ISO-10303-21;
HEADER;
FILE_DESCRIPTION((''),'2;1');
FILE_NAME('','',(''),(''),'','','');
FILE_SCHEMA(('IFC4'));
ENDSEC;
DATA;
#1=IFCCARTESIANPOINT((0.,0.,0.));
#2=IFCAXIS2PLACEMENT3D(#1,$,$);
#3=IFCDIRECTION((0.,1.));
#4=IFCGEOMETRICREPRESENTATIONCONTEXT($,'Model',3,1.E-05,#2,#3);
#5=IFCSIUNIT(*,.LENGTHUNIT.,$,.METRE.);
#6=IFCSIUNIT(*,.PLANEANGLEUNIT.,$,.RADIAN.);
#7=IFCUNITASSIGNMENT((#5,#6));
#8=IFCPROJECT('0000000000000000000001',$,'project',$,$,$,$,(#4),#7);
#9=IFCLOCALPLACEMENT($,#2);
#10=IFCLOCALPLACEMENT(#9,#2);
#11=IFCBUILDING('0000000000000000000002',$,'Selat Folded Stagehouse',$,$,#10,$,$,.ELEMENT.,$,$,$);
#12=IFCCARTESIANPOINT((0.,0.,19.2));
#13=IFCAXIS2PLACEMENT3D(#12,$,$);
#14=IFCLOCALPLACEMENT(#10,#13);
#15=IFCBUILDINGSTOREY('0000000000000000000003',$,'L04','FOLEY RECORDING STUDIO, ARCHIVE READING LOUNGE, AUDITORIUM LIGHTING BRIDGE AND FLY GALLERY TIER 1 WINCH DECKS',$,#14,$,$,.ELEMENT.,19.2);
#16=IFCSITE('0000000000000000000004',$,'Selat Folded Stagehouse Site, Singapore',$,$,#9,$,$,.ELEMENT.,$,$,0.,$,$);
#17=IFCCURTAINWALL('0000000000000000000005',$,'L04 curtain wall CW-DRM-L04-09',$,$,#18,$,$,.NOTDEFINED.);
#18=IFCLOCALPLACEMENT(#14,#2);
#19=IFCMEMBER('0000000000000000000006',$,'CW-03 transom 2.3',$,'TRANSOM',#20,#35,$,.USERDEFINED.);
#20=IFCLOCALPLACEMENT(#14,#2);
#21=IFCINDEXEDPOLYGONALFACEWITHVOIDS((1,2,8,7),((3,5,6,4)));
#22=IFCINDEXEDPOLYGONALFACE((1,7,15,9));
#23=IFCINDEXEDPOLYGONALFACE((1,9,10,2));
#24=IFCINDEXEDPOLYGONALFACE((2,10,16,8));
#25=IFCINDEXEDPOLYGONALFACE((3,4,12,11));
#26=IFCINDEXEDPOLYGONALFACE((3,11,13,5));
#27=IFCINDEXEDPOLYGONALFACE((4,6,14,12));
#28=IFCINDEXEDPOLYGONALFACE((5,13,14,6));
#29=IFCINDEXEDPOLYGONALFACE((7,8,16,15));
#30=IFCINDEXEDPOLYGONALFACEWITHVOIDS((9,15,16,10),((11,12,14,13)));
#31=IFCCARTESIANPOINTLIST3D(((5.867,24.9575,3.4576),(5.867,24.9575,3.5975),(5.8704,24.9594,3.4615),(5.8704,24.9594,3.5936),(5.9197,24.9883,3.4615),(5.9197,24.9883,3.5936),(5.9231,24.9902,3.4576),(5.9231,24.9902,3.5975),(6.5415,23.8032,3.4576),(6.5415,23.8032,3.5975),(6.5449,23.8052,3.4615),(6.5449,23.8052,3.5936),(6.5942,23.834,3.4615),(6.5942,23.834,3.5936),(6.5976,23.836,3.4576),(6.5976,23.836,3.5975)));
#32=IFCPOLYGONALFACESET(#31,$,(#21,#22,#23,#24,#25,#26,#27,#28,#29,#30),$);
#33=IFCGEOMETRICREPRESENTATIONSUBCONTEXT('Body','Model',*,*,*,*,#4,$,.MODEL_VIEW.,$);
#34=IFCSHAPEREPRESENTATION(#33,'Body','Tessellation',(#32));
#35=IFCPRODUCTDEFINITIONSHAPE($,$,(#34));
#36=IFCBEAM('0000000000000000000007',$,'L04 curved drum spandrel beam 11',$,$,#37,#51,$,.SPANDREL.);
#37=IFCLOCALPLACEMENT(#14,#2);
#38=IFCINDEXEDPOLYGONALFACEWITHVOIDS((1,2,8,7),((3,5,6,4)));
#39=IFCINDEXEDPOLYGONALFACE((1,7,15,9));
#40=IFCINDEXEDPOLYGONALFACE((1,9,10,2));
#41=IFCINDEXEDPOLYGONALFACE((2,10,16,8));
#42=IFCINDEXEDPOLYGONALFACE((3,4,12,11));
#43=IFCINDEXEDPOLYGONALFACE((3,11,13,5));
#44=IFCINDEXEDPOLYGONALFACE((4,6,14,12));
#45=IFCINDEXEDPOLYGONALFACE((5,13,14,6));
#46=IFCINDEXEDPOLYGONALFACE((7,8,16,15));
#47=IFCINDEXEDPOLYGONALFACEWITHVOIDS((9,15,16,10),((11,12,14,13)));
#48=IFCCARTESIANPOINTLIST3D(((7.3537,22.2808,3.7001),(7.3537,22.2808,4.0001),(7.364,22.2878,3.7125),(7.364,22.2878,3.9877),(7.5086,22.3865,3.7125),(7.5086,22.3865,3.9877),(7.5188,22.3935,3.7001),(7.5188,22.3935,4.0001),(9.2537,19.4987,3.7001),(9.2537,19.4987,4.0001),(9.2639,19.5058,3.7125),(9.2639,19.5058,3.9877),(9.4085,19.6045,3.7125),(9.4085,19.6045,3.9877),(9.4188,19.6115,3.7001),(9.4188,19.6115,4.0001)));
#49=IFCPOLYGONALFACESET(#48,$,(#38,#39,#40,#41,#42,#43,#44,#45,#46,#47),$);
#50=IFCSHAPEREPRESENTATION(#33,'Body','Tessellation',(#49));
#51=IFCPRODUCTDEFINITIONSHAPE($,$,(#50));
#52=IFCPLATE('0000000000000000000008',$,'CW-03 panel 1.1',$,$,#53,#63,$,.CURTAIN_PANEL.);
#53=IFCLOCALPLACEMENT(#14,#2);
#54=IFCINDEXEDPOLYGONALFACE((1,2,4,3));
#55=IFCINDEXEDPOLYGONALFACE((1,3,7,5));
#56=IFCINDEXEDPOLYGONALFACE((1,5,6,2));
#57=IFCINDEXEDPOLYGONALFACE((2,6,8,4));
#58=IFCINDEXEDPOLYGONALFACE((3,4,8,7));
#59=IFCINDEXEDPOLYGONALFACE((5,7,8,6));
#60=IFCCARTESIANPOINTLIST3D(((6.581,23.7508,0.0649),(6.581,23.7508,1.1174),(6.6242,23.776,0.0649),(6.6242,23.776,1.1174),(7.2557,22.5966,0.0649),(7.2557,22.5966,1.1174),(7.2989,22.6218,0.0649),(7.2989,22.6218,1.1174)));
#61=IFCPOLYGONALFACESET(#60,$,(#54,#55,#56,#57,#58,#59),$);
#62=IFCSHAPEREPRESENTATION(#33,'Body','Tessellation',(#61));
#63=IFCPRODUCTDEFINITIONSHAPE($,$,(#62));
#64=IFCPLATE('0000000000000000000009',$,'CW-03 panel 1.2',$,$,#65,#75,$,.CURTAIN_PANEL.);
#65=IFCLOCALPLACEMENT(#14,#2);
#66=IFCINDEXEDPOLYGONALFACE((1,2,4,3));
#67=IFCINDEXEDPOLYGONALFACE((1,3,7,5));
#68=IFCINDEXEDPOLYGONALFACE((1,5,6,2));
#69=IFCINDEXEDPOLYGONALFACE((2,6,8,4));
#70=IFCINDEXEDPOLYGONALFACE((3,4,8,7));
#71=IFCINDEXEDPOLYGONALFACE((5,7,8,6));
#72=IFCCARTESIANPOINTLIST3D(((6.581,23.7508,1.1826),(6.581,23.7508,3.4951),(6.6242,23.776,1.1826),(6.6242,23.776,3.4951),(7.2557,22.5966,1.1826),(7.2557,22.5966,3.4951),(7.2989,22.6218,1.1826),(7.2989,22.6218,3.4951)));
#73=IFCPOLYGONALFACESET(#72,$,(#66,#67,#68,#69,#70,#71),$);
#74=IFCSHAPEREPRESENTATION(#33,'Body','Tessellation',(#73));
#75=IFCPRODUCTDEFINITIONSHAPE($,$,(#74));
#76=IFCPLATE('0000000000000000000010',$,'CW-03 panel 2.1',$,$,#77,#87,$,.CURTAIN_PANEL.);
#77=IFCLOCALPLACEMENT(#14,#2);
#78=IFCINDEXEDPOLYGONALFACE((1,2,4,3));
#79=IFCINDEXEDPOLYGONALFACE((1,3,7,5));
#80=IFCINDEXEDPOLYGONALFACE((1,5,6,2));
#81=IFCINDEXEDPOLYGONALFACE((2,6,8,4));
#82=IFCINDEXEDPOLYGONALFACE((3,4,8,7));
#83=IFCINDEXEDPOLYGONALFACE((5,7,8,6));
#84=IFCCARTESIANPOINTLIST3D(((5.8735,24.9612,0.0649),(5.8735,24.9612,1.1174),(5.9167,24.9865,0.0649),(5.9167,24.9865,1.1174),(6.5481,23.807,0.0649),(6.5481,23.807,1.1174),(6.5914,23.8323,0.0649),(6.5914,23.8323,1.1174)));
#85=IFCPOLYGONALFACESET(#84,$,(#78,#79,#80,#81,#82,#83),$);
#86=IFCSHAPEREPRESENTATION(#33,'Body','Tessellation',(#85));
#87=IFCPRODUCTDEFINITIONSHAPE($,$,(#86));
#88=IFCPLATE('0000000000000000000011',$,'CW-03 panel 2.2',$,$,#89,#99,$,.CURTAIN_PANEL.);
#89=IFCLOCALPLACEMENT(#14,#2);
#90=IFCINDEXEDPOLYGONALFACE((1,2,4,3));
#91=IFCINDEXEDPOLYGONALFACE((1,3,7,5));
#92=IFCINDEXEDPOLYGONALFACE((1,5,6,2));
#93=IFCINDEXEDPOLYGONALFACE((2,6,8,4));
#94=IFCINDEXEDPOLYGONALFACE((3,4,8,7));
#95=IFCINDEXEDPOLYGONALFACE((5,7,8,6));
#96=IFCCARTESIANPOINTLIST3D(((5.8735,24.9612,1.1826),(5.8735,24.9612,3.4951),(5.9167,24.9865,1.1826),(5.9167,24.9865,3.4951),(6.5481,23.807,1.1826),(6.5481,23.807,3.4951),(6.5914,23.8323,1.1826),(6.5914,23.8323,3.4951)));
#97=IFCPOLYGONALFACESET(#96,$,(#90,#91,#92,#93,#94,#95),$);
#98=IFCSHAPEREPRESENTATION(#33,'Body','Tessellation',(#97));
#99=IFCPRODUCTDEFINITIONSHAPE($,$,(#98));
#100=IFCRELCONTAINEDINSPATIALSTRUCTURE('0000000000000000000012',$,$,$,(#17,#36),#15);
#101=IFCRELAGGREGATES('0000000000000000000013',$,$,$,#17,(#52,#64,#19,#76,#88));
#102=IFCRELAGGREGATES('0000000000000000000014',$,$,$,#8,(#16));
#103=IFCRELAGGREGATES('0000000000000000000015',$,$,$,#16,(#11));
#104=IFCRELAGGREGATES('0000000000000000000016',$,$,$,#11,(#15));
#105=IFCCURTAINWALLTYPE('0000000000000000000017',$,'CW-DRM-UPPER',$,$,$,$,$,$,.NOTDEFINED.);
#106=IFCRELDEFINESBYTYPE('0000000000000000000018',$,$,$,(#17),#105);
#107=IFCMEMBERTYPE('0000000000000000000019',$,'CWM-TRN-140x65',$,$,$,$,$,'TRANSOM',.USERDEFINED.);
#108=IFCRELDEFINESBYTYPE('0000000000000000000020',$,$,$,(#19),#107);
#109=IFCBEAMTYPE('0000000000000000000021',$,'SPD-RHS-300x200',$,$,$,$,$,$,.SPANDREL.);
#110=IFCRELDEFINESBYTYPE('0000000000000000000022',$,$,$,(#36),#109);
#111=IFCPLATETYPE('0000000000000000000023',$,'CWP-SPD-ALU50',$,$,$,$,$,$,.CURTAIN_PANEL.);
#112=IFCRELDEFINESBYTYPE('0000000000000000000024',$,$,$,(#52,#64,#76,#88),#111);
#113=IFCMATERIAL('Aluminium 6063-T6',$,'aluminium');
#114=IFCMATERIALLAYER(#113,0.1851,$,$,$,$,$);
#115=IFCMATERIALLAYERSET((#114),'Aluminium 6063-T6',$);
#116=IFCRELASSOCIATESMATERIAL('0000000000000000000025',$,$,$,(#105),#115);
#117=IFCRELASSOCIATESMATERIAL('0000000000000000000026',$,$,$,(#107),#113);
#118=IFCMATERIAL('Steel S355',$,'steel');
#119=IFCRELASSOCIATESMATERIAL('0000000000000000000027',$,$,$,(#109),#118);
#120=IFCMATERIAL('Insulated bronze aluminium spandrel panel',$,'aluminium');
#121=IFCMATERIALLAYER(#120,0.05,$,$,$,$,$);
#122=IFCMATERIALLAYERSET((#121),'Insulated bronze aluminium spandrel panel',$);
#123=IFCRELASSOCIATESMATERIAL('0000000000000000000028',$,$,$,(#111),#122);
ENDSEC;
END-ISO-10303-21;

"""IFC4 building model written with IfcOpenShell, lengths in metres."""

from ifc_helpers import new_model, si_unit, direction, frame, origin, origin_2d, place, context, subcontext, project, spatial, rectangle, hollow_rectangle, extrude, material, layer, layer_set, material_profile, profile_set, type_object, element, aggregate, save


model = new_model("IFC4")

# Units and contexts
model_context = context("Model", 3, precision=1e-05, world=origin(), true_north=direction((0.0, 1.0)))
body_context = subcontext(model_context, "Body", "Model", "MODEL_VIEW")
ifc_project = project(units=[si_unit("LENGTHUNIT", "METRE"), si_unit("PLANEANGLEUNIT", "RADIAN")], contexts=[model_context])

# Site, building, storey
site_placement = place(None, origin())
site = spatial("IfcSite", under=ifc_project, at=site_placement, Name="Selat Folded Stagehouse Site, Singapore", CompositionType="ELEMENT", RefElevation=0.0)
building_placement = place(site_placement, origin())
building = spatial("IfcBuilding", under=site, at=building_placement, Name="Selat Folded Stagehouse", CompositionType="ELEMENT")
storey_placement = place(building_placement, frame((0.0, 0.0, 19.2)))
storey = spatial("IfcBuildingStorey", under=building, at=storey_placement, Name="L04", Description="FOLEY RECORDING STUDIO, ARCHIVE READING LOUNGE, AUDITORIUM LIGHTING BRIDGE AND FLY GALLERY TIER 1 WINCH DECKS", CompositionType="ELEMENT", Elevation=19.2)

# Shared definitions
ifc_material_1 = material(Name="Steel S355", Category="steel")

# Curtain wall
ifc_material_2 = material(Name="Aluminium 6063-T6", Category="aluminium")
ifc_layer_1 = layer(ifc_material_2, 0.1851)
ifc_layer_set_1 = layer_set([ifc_layer_1], Name="Aluminium 6063-T6")
curtain_wall_type = type_object("IfcCurtainWallType", Name="CW-DRM-UPPER", PredefinedType="NOTDEFINED", material=ifc_layer_set_1)
curtain_wall_1_placement = place(storey_placement, origin())
curtain_wall_1 = element("IfcCurtainWall", 1, at=curtain_wall_1_placement, inside=storey, type_object=curtain_wall_type, Name="L04 curtain wall CW-DRM-L04-09", PredefinedType="NOTDEFINED")

# Member
ifc_material_profile_1 = material_profile(ifc_material_2, hollow_rectangle(XDim=0.0649, YDim=0.1399, WallThickness=0.0039, at=origin_2d()), Name="ALU 140x65x4.0")
ifc_profile_set_1 = profile_set([ifc_material_profile_1], Name="Aluminium 6063-T6")
member_type_1 = type_object("IfcMemberType", Name="CWM-TRN-140x65", ElementType="TRANSOM", PredefinedType="USERDEFINED", material=ifc_profile_set_1)
member_1_placement = place(storey_placement, frame((6.5696, 23.8196, 3.5276), z_axis=(-0.504552, 0.863381, 0.0), x_axis=(-0.863381, -0.504552, 0.0)))
member_1 = element("IfcMember", 2, at=member_1_placement, type_object=member_type_1, Name="CW-03 transom 2.3", ObjectType="TRANSOM", PredefinedType="USERDEFINED", context=body_context, shape_type="SweptSolid", body=[
    extrude(hollow_rectangle(XDim=0.0649, YDim=0.1399, WallThickness=0.0039, at=origin_2d()), origin(), (0.0, 0.0, 1.0), 1.3369),
])

# Beam
ifc_material_profile_2 = material_profile(ifc_material_1, hollow_rectangle(XDim=0.2, YDim=0.3, WallThickness=0.0125, at=origin_2d()), Name="RHS 300x200x12.5")
ifc_profile_set_2 = profile_set([ifc_material_profile_2], Name="Steel S355")
beam_type = type_object("IfcBeamType", Name="SPD-RHS-300x200", PredefinedType="SPANDREL", material=ifc_profile_set_2)
beam_placement = place(storey_placement, frame((7.4363, 22.3372, 3.8501), z_axis=(0.563964, -0.825799, 0.0), x_axis=(0.825799, 0.563964, 0.0)))
element("IfcBeam", 3, at=beam_placement, inside=storey, type_object=beam_type, Name="L04 curved drum spandrel beam 11", PredefinedType="SPANDREL", context=body_context, shape_type="SweptSolid", body=[
    extrude(hollow_rectangle(XDim=0.2, YDim=0.3, WallThickness=0.0125, at=origin_2d()), origin(), (0.0, 0.0, 1.0), 3.3689),
])

# Plates
ifc_material_3 = material(Name="Insulated bronze aluminium spandrel panel", Category="aluminium")
ifc_layer_2 = layer(ifc_material_3, 0.05)
ifc_layer_set_2 = layer_set([ifc_layer_2], Name="Insulated bronze aluminium spandrel panel")
plate_type = type_object("IfcPlateType", Name="CWP-SPD-ALU50", PredefinedType="CURTAIN_PANEL", material=ifc_layer_set_2)
plate_1_placement = place(storey_placement, frame((6.9399, 23.1863, 0.0649), z_axis=(0.0, 0.0, 1.0), x_axis=(-0.504636, 0.863332, 0.0)))
plate_1 = element("IfcPlate", 4, at=plate_1_placement, type_object=plate_type, Name="CW-03 panel 1.1", PredefinedType="CURTAIN_PANEL", context=body_context, shape_type="SweptSolid", body=[
    extrude(rectangle(XDim=1.3369, YDim=0.05, at=origin_2d()), origin(), (0.0, 0.0, 1.0), 1.0525),
])
plate_2_placement = place(storey_placement, frame((6.9399, 23.1863, 1.1826), z_axis=(0.0, 0.0, 1.0), x_axis=(-0.504636, 0.863332, 0.0)))
plate_2 = element("IfcPlate", 5, at=plate_2_placement, type_object=plate_type, Name="CW-03 panel 1.2", PredefinedType="CURTAIN_PANEL", context=body_context, shape_type="SweptSolid", body=[
    extrude(rectangle(XDim=1.3369, YDim=0.05, at=origin_2d()), origin(), (0.0, 0.0, 1.0), 2.3125),
])
plate_3_placement = place(storey_placement, frame((6.2324, 24.3967, 0.0649), z_axis=(0.0, 0.0, 1.0), x_axis=(-0.504636, 0.863332, 0.0)))
plate_3 = element("IfcPlate", 6, at=plate_3_placement, type_object=plate_type, Name="CW-03 panel 2.1", PredefinedType="CURTAIN_PANEL", context=body_context, shape_type="SweptSolid", body=[
    extrude(rectangle(XDim=1.3369, YDim=0.05, at=origin_2d()), origin(), (0.0, 0.0, 1.0), 1.0525),
])
plate_4_placement = place(storey_placement, frame((6.2324, 24.3967, 1.1826), z_axis=(0.0, 0.0, 1.0), x_axis=(-0.504636, 0.863332, 0.0)))
plate_4 = element("IfcPlate", 7, at=plate_4_placement, type_object=plate_type, Name="CW-03 panel 2.2", PredefinedType="CURTAIN_PANEL", context=body_context, shape_type="SweptSolid", body=[
    extrude(rectangle(XDim=1.3369, YDim=0.05, at=origin_2d()), origin(), (0.0, 0.0, 1.0), 2.3125),
])
aggregate(curtain_wall_1, [plate_1, plate_2, member_1, plate_3, plate_4])

save(model, "model.ifc")
